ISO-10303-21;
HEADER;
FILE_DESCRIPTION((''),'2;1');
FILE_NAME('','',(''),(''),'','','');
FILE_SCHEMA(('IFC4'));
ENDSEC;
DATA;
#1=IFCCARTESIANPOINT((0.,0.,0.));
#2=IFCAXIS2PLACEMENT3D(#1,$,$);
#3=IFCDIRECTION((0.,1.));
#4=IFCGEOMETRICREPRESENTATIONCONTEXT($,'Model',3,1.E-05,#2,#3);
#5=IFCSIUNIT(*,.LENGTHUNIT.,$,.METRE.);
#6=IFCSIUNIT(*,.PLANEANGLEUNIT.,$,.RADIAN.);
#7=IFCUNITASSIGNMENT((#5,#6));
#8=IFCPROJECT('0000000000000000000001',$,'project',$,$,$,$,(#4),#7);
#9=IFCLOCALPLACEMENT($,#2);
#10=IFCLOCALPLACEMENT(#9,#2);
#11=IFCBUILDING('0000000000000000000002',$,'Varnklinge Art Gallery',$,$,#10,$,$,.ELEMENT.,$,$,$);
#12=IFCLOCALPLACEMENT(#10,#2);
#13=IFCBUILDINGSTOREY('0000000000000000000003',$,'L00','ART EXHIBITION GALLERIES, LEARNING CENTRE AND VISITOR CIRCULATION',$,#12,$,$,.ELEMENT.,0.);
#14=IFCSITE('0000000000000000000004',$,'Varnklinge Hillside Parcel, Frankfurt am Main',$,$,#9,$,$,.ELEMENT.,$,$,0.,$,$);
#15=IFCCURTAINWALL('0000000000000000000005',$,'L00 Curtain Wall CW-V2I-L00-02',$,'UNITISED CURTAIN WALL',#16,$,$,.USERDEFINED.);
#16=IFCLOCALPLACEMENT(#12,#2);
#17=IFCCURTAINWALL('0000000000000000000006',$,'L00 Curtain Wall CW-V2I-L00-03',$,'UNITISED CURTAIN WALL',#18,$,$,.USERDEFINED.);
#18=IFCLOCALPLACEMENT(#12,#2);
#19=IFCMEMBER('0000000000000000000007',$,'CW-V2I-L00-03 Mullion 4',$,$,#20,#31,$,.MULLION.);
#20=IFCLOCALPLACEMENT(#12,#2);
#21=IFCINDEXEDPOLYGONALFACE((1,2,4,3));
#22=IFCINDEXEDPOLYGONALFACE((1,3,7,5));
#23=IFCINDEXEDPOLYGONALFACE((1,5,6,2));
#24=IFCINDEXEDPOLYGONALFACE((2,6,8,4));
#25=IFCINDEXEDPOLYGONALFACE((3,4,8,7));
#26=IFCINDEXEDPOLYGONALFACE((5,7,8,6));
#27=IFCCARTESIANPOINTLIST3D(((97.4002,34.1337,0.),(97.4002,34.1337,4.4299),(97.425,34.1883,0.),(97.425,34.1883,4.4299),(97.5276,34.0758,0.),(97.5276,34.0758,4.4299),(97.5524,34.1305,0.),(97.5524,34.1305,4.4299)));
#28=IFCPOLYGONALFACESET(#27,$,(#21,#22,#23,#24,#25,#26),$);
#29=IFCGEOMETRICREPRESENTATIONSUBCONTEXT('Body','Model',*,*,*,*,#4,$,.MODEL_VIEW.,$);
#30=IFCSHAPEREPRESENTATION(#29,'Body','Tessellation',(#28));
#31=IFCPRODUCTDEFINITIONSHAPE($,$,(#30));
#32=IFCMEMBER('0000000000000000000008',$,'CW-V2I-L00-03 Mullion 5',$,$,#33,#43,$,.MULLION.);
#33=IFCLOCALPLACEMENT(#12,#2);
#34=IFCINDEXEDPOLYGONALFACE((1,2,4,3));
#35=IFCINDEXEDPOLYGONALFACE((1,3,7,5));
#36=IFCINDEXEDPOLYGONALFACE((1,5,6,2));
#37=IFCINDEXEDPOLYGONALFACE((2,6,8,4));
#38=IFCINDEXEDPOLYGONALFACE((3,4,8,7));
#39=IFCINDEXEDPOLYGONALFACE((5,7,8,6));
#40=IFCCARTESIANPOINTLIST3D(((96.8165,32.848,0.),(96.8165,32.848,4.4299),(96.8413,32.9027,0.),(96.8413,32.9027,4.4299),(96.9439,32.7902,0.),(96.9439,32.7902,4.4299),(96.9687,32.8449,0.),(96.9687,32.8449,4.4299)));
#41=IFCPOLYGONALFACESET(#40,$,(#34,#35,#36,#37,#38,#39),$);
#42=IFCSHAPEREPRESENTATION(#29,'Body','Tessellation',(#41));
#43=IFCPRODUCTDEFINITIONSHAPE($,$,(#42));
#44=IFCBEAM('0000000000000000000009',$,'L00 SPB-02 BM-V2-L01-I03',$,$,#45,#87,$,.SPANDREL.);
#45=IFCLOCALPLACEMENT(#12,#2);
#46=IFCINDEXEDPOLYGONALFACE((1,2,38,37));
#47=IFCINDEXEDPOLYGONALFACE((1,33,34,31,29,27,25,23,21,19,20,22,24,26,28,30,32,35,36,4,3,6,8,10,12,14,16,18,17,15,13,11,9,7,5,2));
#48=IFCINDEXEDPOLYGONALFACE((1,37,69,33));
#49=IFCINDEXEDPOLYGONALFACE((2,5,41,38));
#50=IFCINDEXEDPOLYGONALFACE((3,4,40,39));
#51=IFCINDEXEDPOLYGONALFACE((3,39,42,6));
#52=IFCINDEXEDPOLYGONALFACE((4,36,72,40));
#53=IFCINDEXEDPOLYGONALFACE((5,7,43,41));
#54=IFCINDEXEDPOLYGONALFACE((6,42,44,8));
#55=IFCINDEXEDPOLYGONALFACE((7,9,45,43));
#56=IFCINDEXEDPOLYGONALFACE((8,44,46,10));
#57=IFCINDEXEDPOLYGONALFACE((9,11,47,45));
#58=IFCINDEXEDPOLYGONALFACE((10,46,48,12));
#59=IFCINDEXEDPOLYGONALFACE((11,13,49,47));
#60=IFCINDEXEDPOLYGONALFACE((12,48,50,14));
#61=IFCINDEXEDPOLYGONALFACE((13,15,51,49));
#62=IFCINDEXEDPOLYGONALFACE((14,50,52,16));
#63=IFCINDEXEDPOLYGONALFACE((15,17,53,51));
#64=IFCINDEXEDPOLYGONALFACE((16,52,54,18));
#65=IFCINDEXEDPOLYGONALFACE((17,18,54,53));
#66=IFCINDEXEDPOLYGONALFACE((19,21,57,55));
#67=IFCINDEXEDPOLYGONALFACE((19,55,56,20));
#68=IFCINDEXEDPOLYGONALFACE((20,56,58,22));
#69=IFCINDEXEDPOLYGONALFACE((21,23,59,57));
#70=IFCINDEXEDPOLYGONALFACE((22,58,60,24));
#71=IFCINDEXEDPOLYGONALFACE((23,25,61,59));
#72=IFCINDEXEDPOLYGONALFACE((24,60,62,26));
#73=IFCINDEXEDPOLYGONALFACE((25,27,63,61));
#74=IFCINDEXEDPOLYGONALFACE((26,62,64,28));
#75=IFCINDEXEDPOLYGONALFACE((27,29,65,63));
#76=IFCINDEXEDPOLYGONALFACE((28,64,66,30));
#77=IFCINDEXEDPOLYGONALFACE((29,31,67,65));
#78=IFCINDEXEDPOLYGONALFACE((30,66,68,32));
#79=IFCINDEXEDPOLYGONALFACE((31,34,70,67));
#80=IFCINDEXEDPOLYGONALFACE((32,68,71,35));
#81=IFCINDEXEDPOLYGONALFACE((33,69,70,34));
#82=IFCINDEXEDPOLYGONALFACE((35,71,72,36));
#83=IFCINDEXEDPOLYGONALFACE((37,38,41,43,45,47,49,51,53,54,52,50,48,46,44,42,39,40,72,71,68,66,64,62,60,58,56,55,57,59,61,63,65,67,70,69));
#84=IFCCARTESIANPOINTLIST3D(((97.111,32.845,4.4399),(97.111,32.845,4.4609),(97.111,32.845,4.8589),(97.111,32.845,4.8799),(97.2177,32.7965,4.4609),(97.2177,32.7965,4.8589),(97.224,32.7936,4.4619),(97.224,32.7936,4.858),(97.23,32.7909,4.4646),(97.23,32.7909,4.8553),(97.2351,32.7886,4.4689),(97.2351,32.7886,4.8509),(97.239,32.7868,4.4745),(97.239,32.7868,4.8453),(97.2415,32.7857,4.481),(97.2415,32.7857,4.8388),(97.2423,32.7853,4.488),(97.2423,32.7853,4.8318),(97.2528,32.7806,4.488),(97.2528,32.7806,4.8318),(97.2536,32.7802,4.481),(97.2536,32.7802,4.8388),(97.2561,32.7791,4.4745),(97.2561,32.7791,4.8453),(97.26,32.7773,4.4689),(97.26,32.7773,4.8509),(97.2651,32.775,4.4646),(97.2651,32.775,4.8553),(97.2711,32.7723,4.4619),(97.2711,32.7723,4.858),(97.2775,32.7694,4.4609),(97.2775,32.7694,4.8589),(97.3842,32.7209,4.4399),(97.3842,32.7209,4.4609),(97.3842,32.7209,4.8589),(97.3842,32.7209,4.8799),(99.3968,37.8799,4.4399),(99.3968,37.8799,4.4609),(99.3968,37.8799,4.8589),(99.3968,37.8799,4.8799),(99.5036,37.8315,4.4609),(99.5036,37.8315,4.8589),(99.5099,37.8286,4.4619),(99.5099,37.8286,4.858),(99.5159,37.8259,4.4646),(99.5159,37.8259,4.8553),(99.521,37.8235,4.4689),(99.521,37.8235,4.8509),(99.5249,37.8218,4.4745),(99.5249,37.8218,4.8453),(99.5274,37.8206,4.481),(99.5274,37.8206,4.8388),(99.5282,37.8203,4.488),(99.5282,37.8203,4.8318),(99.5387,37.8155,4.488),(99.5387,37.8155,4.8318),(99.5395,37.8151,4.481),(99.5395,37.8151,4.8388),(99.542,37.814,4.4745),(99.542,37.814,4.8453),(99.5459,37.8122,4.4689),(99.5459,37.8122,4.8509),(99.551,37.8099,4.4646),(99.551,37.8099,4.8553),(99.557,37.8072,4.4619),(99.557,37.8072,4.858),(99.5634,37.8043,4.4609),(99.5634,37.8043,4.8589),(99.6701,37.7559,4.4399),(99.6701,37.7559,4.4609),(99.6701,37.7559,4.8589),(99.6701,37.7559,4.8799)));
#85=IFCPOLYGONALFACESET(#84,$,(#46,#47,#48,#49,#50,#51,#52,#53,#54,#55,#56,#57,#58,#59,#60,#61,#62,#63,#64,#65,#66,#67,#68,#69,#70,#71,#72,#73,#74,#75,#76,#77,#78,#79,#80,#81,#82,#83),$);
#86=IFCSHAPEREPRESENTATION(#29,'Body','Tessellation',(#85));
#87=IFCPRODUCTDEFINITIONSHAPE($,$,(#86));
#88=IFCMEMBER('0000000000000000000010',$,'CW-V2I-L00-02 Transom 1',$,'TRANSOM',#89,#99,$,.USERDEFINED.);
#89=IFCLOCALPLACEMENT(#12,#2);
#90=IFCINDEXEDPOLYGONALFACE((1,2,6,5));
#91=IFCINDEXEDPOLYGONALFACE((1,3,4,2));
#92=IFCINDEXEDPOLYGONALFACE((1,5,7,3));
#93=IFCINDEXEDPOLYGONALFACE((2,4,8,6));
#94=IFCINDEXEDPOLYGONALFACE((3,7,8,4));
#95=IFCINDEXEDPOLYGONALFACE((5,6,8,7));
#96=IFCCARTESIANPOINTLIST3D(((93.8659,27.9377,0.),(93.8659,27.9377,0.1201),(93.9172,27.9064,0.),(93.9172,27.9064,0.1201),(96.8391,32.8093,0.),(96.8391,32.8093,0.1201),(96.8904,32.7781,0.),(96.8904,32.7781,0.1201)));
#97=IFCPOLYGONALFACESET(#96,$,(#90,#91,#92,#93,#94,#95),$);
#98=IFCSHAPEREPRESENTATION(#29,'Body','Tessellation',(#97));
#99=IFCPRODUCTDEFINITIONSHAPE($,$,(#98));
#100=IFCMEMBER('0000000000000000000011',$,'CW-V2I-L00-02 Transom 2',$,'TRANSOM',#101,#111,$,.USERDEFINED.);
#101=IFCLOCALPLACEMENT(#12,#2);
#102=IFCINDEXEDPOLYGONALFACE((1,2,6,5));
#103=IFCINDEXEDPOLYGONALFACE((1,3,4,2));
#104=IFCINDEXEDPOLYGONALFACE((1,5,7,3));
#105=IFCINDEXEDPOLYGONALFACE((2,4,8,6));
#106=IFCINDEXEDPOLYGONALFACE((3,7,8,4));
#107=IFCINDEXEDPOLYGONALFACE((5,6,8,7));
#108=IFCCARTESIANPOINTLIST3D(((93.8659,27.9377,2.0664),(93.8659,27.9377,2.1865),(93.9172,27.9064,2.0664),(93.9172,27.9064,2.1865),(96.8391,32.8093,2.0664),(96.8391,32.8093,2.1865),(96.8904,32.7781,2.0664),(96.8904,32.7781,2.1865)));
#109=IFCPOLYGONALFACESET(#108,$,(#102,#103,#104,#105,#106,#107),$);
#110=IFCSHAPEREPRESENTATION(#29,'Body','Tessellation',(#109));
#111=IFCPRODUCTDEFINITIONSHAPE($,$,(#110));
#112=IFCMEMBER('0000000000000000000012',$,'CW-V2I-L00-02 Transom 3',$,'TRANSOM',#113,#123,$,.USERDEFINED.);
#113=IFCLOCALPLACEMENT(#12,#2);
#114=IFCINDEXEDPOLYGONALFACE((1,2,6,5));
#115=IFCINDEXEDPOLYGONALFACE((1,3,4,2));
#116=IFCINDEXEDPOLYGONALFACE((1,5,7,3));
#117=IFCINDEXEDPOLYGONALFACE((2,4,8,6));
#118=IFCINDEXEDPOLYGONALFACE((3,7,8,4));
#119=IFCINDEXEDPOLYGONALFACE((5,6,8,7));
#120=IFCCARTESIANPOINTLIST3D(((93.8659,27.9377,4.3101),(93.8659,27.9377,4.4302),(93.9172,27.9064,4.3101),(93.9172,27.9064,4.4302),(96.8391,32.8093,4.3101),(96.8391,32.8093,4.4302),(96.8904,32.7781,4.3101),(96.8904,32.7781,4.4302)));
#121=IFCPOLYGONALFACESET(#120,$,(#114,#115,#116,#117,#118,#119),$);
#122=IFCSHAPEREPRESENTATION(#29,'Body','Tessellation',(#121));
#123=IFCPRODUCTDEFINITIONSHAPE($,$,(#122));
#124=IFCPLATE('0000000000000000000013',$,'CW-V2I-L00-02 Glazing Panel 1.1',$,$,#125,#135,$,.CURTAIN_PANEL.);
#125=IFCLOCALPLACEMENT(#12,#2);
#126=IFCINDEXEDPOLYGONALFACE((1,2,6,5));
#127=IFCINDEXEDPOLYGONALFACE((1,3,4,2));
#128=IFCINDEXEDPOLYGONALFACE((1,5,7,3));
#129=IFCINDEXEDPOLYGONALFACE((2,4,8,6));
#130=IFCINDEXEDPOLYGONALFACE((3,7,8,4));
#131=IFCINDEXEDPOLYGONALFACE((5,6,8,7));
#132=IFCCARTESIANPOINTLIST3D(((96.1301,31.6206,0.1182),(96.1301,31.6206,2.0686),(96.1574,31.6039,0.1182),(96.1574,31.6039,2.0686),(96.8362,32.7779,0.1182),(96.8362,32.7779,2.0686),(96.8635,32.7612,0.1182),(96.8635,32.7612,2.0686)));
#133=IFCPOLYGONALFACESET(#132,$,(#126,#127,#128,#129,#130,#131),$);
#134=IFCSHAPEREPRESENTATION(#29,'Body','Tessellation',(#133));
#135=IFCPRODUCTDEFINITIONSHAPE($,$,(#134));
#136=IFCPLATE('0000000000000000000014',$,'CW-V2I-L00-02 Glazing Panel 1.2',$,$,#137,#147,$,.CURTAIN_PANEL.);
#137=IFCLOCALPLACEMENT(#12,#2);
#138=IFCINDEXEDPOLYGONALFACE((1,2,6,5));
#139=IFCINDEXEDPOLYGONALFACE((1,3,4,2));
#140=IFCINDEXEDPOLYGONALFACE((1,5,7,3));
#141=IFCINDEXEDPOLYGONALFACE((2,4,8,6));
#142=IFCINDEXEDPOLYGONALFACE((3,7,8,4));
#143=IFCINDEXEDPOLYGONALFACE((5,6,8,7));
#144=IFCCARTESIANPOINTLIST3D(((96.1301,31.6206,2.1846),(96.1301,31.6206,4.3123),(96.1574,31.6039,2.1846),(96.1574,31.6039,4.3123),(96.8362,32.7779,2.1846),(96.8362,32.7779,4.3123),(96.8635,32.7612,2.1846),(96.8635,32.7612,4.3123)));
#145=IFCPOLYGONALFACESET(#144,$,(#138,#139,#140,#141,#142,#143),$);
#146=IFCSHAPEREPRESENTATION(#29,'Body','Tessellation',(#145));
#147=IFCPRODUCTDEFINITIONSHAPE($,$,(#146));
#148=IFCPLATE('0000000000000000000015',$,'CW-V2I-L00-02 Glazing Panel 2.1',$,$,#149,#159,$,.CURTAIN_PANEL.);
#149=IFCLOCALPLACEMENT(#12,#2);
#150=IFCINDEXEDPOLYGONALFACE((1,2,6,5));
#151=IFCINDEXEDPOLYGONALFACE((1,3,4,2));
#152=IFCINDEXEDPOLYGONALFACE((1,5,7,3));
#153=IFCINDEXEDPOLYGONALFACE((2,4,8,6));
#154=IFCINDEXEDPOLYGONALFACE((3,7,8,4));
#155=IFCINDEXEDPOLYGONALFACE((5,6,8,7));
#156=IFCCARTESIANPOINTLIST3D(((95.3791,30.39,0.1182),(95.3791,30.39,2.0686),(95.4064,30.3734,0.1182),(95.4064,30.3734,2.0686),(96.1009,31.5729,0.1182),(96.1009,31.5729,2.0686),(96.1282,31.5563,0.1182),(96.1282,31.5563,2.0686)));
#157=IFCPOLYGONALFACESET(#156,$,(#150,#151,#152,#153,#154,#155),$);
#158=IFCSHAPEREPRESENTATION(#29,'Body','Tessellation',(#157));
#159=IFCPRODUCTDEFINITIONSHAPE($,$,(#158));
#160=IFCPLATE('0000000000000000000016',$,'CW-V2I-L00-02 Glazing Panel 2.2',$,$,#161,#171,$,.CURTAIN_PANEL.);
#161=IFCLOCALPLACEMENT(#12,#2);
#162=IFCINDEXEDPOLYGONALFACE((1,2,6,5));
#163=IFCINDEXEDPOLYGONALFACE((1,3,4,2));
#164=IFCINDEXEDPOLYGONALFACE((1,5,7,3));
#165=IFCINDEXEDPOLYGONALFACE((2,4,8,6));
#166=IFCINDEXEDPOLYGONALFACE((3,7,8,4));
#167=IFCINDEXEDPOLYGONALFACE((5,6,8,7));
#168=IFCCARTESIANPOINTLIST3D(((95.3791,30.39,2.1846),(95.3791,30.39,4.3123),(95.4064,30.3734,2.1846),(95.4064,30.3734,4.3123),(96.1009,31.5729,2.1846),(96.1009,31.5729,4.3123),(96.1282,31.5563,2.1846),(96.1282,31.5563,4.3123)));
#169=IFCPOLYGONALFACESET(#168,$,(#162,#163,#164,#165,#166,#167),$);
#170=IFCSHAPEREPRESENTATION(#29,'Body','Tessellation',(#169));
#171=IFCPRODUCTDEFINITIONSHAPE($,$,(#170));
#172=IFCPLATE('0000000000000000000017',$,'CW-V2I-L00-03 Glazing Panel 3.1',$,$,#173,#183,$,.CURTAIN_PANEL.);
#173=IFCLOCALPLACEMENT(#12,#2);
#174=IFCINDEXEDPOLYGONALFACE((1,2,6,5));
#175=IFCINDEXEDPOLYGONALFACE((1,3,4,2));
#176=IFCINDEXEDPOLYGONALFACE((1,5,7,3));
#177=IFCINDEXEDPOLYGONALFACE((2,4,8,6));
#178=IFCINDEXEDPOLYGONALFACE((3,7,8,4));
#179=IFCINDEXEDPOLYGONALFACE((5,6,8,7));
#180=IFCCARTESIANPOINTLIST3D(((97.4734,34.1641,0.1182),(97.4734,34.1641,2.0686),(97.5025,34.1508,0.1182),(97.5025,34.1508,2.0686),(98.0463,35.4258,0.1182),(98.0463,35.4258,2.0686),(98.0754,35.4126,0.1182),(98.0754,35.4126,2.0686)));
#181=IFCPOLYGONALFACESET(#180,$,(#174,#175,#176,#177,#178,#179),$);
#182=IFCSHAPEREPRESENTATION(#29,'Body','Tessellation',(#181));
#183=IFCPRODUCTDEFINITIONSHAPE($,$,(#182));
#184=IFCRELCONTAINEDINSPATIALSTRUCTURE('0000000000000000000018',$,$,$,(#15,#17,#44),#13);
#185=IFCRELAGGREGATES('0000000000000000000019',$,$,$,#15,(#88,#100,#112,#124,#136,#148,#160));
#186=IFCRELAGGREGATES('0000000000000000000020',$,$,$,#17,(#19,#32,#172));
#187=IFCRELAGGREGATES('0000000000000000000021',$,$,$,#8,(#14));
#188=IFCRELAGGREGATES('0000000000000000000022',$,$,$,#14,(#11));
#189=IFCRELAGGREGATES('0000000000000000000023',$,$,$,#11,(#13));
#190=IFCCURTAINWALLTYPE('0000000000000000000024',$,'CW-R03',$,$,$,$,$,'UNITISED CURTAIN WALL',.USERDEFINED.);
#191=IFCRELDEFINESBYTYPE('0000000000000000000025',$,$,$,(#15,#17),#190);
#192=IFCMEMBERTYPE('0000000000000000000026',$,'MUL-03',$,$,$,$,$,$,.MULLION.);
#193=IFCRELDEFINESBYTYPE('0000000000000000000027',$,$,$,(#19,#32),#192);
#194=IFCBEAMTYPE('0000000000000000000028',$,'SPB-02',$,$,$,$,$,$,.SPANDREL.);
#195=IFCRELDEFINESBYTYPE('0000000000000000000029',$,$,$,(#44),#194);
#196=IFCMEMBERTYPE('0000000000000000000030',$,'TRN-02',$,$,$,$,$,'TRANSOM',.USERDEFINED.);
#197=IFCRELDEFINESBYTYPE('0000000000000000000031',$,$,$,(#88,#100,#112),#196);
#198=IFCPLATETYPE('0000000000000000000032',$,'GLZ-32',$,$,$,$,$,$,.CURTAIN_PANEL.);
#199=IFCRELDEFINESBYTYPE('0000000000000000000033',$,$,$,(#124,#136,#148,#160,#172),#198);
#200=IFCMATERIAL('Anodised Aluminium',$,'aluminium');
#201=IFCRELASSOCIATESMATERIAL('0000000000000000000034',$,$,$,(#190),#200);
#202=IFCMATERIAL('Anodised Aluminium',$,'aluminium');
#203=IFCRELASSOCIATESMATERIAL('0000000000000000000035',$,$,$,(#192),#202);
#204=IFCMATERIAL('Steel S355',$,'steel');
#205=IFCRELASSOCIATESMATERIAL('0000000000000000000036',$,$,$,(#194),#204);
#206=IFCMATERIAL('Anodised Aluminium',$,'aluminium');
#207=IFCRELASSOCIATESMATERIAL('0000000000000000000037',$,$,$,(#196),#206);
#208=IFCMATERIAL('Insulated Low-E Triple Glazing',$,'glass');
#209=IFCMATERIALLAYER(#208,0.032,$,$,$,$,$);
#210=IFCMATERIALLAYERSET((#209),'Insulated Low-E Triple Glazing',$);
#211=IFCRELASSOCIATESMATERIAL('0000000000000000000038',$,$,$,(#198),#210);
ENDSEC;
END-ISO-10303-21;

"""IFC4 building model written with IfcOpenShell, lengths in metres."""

from ifc_helpers import new_model, si_unit, direction, frame, origin, origin_2d, place, context, subcontext, project, spatial, rectangle, i_section, extrude, material, layer, layer_set, material_profile, profile_set, type_object, element, aggregate, save


model = new_model("IFC4")

# Units and contexts
model_context = context("Model", 3, precision=1e-05, world=origin(), true_north=direction((0.0, 1.0)))
body_context = subcontext(model_context, "Body", "Model", "MODEL_VIEW")
ifc_project = project(units=[si_unit("LENGTHUNIT", "METRE"), si_unit("PLANEANGLEUNIT", "RADIAN")], contexts=[model_context])

# Site, building, storey
site_placement = place(None, origin())
site = spatial("IfcSite", under=ifc_project, at=site_placement, Name="Varnklinge Hillside Parcel, Frankfurt am Main", CompositionType="ELEMENT", RefElevation=0.0)
building_placement = place(site_placement, origin())
building = spatial("IfcBuilding", under=site, at=building_placement, Name="Varnklinge Art Gallery", CompositionType="ELEMENT")
storey_placement = place(building_placement, origin())
storey = spatial("IfcBuildingStorey", under=building, at=storey_placement, Name="L00", Description="ART EXHIBITION GALLERIES, LEARNING CENTRE AND VISITOR CIRCULATION", CompositionType="ELEMENT", Elevation=0.0)

# Curtain walls, members
ifc_material_1 = material(Name="Anodised Aluminium", Category="aluminium")
curtain_wall_type = type_object("IfcCurtainWallType", Name="CW-R03", ElementType="UNITISED CURTAIN WALL", PredefinedType="USERDEFINED", material=ifc_material_1)
curtain_wall_1_placement = place(storey_placement, origin())
curtain_wall_1 = element("IfcCurtainWall", 1, at=curtain_wall_1_placement, inside=storey, type_object=curtain_wall_type, Name="L00 Curtain Wall CW-V2I-L00-02", ObjectType="UNITISED CURTAIN WALL", PredefinedType="USERDEFINED")
ifc_material_2 = material(Name="Anodised Aluminium", Category="aluminium")
ifc_material_profile_1 = material_profile(ifc_material_2, rectangle(XDim=0.0601, YDim=0.1399, at=origin_2d()), Name="ALU 60x140")
ifc_profile_set_1 = profile_set([ifc_material_profile_1], Name="Anodised Aluminium")
member_type_1 = type_object("IfcMemberType", Name="MUL-03", PredefinedType="MULLION", material=ifc_profile_set_1)
curtain_wall_2_placement = place(storey_placement, origin())
curtain_wall_2 = element("IfcCurtainWall", 2, at=curtain_wall_2_placement, inside=storey, type_object=curtain_wall_type, Name="L00 Curtain Wall CW-V2I-L00-03", ObjectType="UNITISED CURTAIN WALL", PredefinedType="USERDEFINED")
member_1_placement = place(storey_placement, frame((97.4763, 34.1321, 0.0), z_axis=(0.0, 0.0, 1.0), x_axis=(-0.413422, -0.910539, 0.0)))
member_1 = element("IfcMember", 3, at=member_1_placement, type_object=member_type_1, Name="CW-V2I-L00-03 Mullion 4", PredefinedType="MULLION", context=body_context, shape_type="SweptSolid", body=[
    extrude(rectangle(XDim=0.0601, YDim=0.1399, at=origin_2d()), origin(), (0.0, 0.0, 1.0), 4.4299),
])
member_2_placement = place(storey_placement, frame((96.8926, 32.8464, 0.0), z_axis=(0.0, 0.0, 1.0), x_axis=(-0.413422, -0.910539, 0.0)))
member_2 = element("IfcMember", 4, at=member_2_placement, type_object=member_type_1, Name="CW-V2I-L00-03 Mullion 5", PredefinedType="MULLION", context=body_context, shape_type="SweptSolid", body=[
    extrude(rectangle(XDim=0.0601, YDim=0.1399, at=origin_2d()), origin(), (0.0, 0.0, 1.0), 4.4299),
])

# Beam
ifc_material_3 = material(Name="Steel S355", Category="steel")
ifc_material_profile_2 = material_profile(ifc_material_3, i_section(OverallWidth=0.3, OverallDepth=0.4399, WebThickness=0.0115, FlangeThickness=0.021, FilletRadius=0.0271, at=origin_2d()), Name="HEA 450")
ifc_profile_set_2 = profile_set([ifc_material_profile_2], Name="Steel S355")
beam_type_1 = type_object("IfcBeamType", Name="SPB-02", PredefinedType="SPANDREL", material=ifc_profile_set_2)
beam_1_placement = place(storey_placement, frame((97.2476, 32.783, 4.6599), z_axis=(0.413397, 0.910551, 0.0), x_axis=(-0.910551, 0.413397, 0.0)))
element("IfcBeam", 5, at=beam_1_placement, inside=storey, type_object=beam_type_1, Name="L00 SPB-02 BM-V2-L01-I03", PredefinedType="SPANDREL", context=body_context, shape_type="SweptSolid", body=[
    extrude(i_section(OverallWidth=0.3, OverallDepth=0.4399, WebThickness=0.0115, FlangeThickness=0.021, FilletRadius=0.0271, at=origin_2d()), origin(), (0.0, 0.0, 1.0), 5.5295),
])

# Members
ifc_material_4 = material(Name="Anodised Aluminium", Category="aluminium")
ifc_material_profile_3 = material_profile(ifc_material_4, rectangle(XDim=0.0601, YDim=0.1201, at=origin_2d()), Name="ALU 60x120")
ifc_profile_set_3 = profile_set([ifc_material_profile_3], Name="Anodised Aluminium")
member_type_2 = type_object("IfcMemberType", Name="TRN-02", ElementType="TRANSOM", PredefinedType="USERDEFINED", material=ifc_profile_set_3)
member_3_placement = place(storey_placement, frame((96.8647, 32.7937, 0.0601), z_axis=(-0.520948, -0.853588, 0.0), x_axis=(0.853588, -0.520948, 0.0)))
member_3 = element("IfcMember", 6, at=member_3_placement, type_object=member_type_2, Name="CW-V2I-L00-02 Transom 1", ObjectType="TRANSOM", PredefinedType="USERDEFINED", context=body_context, shape_type="SweptSolid", body=[
    extrude(rectangle(XDim=0.0601, YDim=0.1201, at=origin_2d()), origin(), (0.0, 0.0, 1.0), 5.7073),
])
member_4_placement = place(storey_placement, frame((96.8647, 32.7937, 2.1265), z_axis=(-0.520948, -0.853588, 0.0), x_axis=(0.853588, -0.520948, 0.0)))
member_4 = element("IfcMember", 7, at=member_4_placement, type_object=member_type_2, Name="CW-V2I-L00-02 Transom 2", ObjectType="TRANSOM", PredefinedType="USERDEFINED", context=body_context, shape_type="SweptSolid", body=[
    extrude(rectangle(XDim=0.0601, YDim=0.1201, at=origin_2d()), origin(), (0.0, 0.0, 1.0), 5.7073),
])
member_5_placement = place(storey_placement, frame((96.8647, 32.7937, 4.3701), z_axis=(-0.520948, -0.853588, 0.0), x_axis=(0.853588, -0.520948, 0.0)))
member_5 = element("IfcMember", 8, at=member_5_placement, type_object=member_type_2, Name="CW-V2I-L00-02 Transom 3", ObjectType="TRANSOM", PredefinedType="USERDEFINED", context=body_context, shape_type="SweptSolid", body=[
    extrude(rectangle(XDim=0.0601, YDim=0.1201, at=origin_2d()), origin(), (0.0, 0.0, 1.0), 5.7073),
])

# Plates
ifc_material_5 = material(Name="Insulated Low-E Triple Glazing", Category="glass")
ifc_layer_1 = layer(ifc_material_5, 0.032)
ifc_layer_set_1 = layer_set([ifc_layer_1], Name="Insulated Low-E Triple Glazing")
plate_type = type_object("IfcPlateType", Name="GLZ-32", PredefinedType="CURTAIN_PANEL", material=ifc_layer_set_1)
plate_1_placement = place(storey_placement, frame((96.4968, 32.1909, 0.1182), z_axis=(0.0, 0.0, 1.0), x_axis=(-0.520861, -0.853642, 0.0)))
plate_1 = element("IfcPlate", 9, at=plate_1_placement, type_object=plate_type, Name="CW-V2I-L00-02 Glazing Panel 1.1", PredefinedType="CURTAIN_PANEL", context=body_context, shape_type="SweptSolid", body=[
    extrude(rectangle(XDim=1.3557, YDim=0.032, at=origin_2d()), origin(), (0.0, 0.0, 1.0), 1.9504),
])
plate_2_placement = place(storey_placement, frame((96.4968, 32.1909, 2.1846), z_axis=(0.0, 0.0, 1.0), x_axis=(-0.520861, -0.853642, 0.0)))
plate_2 = element("IfcPlate", 10, at=plate_2_placement, type_object=plate_type, Name="CW-V2I-L00-02 Glazing Panel 1.2", PredefinedType="CURTAIN_PANEL", context=body_context, shape_type="SweptSolid", body=[
    extrude(rectangle(XDim=1.3557, YDim=0.032, at=origin_2d()), origin(), (0.0, 0.0, 1.0), 2.1277),
])
plate_3_placement = place(storey_placement, frame((95.7537, 30.9731, 0.1182), z_axis=(0.0, 0.0, 1.0), x_axis=(-0.520861, -0.853642, 0.0)))
plate_3 = element("IfcPlate", 11, at=plate_3_placement, type_object=plate_type, Name="CW-V2I-L00-02 Glazing Panel 2.1", PredefinedType="CURTAIN_PANEL", context=body_context, shape_type="SweptSolid", body=[
    extrude(rectangle(XDim=1.3857, YDim=0.032, at=origin_2d()), origin(), (0.0, 0.0, 1.0), 1.9504),
])
plate_4_placement = place(storey_placement, frame((95.7537, 30.9731, 2.1846), z_axis=(0.0, 0.0, 1.0), x_axis=(-0.520861, -0.853642, 0.0)))
plate_4 = element("IfcPlate", 12, at=plate_4_placement, type_object=plate_type, Name="CW-V2I-L00-02 Glazing Panel 2.2", PredefinedType="CURTAIN_PANEL", context=body_context, shape_type="SweptSolid", body=[
    extrude(rectangle(XDim=1.3857, YDim=0.032, at=origin_2d()), origin(), (0.0, 0.0, 1.0), 2.1277),
])
aggregate(curtain_wall_1, [member_3, member_4, member_5, plate_1, plate_2, plate_3, plate_4])
plate_5_placement = place(storey_placement, frame((97.7744, 34.7883, 0.1182), z_axis=(0.0, 0.0, 1.0), x_axis=(-0.413422, -0.910539, 0.0)))
plate_5 = element("IfcPlate", 13, at=plate_5_placement, type_object=plate_type, Name="CW-V2I-L00-03 Glazing Panel 3.1", PredefinedType="CURTAIN_PANEL", context=body_context, shape_type="SweptSolid", body=[
    extrude(rectangle(XDim=1.3857, YDim=0.032, at=origin_2d()), origin(), (0.0, 0.0, 1.0), 1.9504),
])
aggregate(curtain_wall_2, [member_1, member_2, plate_5])

save(model, "model.ifc")
